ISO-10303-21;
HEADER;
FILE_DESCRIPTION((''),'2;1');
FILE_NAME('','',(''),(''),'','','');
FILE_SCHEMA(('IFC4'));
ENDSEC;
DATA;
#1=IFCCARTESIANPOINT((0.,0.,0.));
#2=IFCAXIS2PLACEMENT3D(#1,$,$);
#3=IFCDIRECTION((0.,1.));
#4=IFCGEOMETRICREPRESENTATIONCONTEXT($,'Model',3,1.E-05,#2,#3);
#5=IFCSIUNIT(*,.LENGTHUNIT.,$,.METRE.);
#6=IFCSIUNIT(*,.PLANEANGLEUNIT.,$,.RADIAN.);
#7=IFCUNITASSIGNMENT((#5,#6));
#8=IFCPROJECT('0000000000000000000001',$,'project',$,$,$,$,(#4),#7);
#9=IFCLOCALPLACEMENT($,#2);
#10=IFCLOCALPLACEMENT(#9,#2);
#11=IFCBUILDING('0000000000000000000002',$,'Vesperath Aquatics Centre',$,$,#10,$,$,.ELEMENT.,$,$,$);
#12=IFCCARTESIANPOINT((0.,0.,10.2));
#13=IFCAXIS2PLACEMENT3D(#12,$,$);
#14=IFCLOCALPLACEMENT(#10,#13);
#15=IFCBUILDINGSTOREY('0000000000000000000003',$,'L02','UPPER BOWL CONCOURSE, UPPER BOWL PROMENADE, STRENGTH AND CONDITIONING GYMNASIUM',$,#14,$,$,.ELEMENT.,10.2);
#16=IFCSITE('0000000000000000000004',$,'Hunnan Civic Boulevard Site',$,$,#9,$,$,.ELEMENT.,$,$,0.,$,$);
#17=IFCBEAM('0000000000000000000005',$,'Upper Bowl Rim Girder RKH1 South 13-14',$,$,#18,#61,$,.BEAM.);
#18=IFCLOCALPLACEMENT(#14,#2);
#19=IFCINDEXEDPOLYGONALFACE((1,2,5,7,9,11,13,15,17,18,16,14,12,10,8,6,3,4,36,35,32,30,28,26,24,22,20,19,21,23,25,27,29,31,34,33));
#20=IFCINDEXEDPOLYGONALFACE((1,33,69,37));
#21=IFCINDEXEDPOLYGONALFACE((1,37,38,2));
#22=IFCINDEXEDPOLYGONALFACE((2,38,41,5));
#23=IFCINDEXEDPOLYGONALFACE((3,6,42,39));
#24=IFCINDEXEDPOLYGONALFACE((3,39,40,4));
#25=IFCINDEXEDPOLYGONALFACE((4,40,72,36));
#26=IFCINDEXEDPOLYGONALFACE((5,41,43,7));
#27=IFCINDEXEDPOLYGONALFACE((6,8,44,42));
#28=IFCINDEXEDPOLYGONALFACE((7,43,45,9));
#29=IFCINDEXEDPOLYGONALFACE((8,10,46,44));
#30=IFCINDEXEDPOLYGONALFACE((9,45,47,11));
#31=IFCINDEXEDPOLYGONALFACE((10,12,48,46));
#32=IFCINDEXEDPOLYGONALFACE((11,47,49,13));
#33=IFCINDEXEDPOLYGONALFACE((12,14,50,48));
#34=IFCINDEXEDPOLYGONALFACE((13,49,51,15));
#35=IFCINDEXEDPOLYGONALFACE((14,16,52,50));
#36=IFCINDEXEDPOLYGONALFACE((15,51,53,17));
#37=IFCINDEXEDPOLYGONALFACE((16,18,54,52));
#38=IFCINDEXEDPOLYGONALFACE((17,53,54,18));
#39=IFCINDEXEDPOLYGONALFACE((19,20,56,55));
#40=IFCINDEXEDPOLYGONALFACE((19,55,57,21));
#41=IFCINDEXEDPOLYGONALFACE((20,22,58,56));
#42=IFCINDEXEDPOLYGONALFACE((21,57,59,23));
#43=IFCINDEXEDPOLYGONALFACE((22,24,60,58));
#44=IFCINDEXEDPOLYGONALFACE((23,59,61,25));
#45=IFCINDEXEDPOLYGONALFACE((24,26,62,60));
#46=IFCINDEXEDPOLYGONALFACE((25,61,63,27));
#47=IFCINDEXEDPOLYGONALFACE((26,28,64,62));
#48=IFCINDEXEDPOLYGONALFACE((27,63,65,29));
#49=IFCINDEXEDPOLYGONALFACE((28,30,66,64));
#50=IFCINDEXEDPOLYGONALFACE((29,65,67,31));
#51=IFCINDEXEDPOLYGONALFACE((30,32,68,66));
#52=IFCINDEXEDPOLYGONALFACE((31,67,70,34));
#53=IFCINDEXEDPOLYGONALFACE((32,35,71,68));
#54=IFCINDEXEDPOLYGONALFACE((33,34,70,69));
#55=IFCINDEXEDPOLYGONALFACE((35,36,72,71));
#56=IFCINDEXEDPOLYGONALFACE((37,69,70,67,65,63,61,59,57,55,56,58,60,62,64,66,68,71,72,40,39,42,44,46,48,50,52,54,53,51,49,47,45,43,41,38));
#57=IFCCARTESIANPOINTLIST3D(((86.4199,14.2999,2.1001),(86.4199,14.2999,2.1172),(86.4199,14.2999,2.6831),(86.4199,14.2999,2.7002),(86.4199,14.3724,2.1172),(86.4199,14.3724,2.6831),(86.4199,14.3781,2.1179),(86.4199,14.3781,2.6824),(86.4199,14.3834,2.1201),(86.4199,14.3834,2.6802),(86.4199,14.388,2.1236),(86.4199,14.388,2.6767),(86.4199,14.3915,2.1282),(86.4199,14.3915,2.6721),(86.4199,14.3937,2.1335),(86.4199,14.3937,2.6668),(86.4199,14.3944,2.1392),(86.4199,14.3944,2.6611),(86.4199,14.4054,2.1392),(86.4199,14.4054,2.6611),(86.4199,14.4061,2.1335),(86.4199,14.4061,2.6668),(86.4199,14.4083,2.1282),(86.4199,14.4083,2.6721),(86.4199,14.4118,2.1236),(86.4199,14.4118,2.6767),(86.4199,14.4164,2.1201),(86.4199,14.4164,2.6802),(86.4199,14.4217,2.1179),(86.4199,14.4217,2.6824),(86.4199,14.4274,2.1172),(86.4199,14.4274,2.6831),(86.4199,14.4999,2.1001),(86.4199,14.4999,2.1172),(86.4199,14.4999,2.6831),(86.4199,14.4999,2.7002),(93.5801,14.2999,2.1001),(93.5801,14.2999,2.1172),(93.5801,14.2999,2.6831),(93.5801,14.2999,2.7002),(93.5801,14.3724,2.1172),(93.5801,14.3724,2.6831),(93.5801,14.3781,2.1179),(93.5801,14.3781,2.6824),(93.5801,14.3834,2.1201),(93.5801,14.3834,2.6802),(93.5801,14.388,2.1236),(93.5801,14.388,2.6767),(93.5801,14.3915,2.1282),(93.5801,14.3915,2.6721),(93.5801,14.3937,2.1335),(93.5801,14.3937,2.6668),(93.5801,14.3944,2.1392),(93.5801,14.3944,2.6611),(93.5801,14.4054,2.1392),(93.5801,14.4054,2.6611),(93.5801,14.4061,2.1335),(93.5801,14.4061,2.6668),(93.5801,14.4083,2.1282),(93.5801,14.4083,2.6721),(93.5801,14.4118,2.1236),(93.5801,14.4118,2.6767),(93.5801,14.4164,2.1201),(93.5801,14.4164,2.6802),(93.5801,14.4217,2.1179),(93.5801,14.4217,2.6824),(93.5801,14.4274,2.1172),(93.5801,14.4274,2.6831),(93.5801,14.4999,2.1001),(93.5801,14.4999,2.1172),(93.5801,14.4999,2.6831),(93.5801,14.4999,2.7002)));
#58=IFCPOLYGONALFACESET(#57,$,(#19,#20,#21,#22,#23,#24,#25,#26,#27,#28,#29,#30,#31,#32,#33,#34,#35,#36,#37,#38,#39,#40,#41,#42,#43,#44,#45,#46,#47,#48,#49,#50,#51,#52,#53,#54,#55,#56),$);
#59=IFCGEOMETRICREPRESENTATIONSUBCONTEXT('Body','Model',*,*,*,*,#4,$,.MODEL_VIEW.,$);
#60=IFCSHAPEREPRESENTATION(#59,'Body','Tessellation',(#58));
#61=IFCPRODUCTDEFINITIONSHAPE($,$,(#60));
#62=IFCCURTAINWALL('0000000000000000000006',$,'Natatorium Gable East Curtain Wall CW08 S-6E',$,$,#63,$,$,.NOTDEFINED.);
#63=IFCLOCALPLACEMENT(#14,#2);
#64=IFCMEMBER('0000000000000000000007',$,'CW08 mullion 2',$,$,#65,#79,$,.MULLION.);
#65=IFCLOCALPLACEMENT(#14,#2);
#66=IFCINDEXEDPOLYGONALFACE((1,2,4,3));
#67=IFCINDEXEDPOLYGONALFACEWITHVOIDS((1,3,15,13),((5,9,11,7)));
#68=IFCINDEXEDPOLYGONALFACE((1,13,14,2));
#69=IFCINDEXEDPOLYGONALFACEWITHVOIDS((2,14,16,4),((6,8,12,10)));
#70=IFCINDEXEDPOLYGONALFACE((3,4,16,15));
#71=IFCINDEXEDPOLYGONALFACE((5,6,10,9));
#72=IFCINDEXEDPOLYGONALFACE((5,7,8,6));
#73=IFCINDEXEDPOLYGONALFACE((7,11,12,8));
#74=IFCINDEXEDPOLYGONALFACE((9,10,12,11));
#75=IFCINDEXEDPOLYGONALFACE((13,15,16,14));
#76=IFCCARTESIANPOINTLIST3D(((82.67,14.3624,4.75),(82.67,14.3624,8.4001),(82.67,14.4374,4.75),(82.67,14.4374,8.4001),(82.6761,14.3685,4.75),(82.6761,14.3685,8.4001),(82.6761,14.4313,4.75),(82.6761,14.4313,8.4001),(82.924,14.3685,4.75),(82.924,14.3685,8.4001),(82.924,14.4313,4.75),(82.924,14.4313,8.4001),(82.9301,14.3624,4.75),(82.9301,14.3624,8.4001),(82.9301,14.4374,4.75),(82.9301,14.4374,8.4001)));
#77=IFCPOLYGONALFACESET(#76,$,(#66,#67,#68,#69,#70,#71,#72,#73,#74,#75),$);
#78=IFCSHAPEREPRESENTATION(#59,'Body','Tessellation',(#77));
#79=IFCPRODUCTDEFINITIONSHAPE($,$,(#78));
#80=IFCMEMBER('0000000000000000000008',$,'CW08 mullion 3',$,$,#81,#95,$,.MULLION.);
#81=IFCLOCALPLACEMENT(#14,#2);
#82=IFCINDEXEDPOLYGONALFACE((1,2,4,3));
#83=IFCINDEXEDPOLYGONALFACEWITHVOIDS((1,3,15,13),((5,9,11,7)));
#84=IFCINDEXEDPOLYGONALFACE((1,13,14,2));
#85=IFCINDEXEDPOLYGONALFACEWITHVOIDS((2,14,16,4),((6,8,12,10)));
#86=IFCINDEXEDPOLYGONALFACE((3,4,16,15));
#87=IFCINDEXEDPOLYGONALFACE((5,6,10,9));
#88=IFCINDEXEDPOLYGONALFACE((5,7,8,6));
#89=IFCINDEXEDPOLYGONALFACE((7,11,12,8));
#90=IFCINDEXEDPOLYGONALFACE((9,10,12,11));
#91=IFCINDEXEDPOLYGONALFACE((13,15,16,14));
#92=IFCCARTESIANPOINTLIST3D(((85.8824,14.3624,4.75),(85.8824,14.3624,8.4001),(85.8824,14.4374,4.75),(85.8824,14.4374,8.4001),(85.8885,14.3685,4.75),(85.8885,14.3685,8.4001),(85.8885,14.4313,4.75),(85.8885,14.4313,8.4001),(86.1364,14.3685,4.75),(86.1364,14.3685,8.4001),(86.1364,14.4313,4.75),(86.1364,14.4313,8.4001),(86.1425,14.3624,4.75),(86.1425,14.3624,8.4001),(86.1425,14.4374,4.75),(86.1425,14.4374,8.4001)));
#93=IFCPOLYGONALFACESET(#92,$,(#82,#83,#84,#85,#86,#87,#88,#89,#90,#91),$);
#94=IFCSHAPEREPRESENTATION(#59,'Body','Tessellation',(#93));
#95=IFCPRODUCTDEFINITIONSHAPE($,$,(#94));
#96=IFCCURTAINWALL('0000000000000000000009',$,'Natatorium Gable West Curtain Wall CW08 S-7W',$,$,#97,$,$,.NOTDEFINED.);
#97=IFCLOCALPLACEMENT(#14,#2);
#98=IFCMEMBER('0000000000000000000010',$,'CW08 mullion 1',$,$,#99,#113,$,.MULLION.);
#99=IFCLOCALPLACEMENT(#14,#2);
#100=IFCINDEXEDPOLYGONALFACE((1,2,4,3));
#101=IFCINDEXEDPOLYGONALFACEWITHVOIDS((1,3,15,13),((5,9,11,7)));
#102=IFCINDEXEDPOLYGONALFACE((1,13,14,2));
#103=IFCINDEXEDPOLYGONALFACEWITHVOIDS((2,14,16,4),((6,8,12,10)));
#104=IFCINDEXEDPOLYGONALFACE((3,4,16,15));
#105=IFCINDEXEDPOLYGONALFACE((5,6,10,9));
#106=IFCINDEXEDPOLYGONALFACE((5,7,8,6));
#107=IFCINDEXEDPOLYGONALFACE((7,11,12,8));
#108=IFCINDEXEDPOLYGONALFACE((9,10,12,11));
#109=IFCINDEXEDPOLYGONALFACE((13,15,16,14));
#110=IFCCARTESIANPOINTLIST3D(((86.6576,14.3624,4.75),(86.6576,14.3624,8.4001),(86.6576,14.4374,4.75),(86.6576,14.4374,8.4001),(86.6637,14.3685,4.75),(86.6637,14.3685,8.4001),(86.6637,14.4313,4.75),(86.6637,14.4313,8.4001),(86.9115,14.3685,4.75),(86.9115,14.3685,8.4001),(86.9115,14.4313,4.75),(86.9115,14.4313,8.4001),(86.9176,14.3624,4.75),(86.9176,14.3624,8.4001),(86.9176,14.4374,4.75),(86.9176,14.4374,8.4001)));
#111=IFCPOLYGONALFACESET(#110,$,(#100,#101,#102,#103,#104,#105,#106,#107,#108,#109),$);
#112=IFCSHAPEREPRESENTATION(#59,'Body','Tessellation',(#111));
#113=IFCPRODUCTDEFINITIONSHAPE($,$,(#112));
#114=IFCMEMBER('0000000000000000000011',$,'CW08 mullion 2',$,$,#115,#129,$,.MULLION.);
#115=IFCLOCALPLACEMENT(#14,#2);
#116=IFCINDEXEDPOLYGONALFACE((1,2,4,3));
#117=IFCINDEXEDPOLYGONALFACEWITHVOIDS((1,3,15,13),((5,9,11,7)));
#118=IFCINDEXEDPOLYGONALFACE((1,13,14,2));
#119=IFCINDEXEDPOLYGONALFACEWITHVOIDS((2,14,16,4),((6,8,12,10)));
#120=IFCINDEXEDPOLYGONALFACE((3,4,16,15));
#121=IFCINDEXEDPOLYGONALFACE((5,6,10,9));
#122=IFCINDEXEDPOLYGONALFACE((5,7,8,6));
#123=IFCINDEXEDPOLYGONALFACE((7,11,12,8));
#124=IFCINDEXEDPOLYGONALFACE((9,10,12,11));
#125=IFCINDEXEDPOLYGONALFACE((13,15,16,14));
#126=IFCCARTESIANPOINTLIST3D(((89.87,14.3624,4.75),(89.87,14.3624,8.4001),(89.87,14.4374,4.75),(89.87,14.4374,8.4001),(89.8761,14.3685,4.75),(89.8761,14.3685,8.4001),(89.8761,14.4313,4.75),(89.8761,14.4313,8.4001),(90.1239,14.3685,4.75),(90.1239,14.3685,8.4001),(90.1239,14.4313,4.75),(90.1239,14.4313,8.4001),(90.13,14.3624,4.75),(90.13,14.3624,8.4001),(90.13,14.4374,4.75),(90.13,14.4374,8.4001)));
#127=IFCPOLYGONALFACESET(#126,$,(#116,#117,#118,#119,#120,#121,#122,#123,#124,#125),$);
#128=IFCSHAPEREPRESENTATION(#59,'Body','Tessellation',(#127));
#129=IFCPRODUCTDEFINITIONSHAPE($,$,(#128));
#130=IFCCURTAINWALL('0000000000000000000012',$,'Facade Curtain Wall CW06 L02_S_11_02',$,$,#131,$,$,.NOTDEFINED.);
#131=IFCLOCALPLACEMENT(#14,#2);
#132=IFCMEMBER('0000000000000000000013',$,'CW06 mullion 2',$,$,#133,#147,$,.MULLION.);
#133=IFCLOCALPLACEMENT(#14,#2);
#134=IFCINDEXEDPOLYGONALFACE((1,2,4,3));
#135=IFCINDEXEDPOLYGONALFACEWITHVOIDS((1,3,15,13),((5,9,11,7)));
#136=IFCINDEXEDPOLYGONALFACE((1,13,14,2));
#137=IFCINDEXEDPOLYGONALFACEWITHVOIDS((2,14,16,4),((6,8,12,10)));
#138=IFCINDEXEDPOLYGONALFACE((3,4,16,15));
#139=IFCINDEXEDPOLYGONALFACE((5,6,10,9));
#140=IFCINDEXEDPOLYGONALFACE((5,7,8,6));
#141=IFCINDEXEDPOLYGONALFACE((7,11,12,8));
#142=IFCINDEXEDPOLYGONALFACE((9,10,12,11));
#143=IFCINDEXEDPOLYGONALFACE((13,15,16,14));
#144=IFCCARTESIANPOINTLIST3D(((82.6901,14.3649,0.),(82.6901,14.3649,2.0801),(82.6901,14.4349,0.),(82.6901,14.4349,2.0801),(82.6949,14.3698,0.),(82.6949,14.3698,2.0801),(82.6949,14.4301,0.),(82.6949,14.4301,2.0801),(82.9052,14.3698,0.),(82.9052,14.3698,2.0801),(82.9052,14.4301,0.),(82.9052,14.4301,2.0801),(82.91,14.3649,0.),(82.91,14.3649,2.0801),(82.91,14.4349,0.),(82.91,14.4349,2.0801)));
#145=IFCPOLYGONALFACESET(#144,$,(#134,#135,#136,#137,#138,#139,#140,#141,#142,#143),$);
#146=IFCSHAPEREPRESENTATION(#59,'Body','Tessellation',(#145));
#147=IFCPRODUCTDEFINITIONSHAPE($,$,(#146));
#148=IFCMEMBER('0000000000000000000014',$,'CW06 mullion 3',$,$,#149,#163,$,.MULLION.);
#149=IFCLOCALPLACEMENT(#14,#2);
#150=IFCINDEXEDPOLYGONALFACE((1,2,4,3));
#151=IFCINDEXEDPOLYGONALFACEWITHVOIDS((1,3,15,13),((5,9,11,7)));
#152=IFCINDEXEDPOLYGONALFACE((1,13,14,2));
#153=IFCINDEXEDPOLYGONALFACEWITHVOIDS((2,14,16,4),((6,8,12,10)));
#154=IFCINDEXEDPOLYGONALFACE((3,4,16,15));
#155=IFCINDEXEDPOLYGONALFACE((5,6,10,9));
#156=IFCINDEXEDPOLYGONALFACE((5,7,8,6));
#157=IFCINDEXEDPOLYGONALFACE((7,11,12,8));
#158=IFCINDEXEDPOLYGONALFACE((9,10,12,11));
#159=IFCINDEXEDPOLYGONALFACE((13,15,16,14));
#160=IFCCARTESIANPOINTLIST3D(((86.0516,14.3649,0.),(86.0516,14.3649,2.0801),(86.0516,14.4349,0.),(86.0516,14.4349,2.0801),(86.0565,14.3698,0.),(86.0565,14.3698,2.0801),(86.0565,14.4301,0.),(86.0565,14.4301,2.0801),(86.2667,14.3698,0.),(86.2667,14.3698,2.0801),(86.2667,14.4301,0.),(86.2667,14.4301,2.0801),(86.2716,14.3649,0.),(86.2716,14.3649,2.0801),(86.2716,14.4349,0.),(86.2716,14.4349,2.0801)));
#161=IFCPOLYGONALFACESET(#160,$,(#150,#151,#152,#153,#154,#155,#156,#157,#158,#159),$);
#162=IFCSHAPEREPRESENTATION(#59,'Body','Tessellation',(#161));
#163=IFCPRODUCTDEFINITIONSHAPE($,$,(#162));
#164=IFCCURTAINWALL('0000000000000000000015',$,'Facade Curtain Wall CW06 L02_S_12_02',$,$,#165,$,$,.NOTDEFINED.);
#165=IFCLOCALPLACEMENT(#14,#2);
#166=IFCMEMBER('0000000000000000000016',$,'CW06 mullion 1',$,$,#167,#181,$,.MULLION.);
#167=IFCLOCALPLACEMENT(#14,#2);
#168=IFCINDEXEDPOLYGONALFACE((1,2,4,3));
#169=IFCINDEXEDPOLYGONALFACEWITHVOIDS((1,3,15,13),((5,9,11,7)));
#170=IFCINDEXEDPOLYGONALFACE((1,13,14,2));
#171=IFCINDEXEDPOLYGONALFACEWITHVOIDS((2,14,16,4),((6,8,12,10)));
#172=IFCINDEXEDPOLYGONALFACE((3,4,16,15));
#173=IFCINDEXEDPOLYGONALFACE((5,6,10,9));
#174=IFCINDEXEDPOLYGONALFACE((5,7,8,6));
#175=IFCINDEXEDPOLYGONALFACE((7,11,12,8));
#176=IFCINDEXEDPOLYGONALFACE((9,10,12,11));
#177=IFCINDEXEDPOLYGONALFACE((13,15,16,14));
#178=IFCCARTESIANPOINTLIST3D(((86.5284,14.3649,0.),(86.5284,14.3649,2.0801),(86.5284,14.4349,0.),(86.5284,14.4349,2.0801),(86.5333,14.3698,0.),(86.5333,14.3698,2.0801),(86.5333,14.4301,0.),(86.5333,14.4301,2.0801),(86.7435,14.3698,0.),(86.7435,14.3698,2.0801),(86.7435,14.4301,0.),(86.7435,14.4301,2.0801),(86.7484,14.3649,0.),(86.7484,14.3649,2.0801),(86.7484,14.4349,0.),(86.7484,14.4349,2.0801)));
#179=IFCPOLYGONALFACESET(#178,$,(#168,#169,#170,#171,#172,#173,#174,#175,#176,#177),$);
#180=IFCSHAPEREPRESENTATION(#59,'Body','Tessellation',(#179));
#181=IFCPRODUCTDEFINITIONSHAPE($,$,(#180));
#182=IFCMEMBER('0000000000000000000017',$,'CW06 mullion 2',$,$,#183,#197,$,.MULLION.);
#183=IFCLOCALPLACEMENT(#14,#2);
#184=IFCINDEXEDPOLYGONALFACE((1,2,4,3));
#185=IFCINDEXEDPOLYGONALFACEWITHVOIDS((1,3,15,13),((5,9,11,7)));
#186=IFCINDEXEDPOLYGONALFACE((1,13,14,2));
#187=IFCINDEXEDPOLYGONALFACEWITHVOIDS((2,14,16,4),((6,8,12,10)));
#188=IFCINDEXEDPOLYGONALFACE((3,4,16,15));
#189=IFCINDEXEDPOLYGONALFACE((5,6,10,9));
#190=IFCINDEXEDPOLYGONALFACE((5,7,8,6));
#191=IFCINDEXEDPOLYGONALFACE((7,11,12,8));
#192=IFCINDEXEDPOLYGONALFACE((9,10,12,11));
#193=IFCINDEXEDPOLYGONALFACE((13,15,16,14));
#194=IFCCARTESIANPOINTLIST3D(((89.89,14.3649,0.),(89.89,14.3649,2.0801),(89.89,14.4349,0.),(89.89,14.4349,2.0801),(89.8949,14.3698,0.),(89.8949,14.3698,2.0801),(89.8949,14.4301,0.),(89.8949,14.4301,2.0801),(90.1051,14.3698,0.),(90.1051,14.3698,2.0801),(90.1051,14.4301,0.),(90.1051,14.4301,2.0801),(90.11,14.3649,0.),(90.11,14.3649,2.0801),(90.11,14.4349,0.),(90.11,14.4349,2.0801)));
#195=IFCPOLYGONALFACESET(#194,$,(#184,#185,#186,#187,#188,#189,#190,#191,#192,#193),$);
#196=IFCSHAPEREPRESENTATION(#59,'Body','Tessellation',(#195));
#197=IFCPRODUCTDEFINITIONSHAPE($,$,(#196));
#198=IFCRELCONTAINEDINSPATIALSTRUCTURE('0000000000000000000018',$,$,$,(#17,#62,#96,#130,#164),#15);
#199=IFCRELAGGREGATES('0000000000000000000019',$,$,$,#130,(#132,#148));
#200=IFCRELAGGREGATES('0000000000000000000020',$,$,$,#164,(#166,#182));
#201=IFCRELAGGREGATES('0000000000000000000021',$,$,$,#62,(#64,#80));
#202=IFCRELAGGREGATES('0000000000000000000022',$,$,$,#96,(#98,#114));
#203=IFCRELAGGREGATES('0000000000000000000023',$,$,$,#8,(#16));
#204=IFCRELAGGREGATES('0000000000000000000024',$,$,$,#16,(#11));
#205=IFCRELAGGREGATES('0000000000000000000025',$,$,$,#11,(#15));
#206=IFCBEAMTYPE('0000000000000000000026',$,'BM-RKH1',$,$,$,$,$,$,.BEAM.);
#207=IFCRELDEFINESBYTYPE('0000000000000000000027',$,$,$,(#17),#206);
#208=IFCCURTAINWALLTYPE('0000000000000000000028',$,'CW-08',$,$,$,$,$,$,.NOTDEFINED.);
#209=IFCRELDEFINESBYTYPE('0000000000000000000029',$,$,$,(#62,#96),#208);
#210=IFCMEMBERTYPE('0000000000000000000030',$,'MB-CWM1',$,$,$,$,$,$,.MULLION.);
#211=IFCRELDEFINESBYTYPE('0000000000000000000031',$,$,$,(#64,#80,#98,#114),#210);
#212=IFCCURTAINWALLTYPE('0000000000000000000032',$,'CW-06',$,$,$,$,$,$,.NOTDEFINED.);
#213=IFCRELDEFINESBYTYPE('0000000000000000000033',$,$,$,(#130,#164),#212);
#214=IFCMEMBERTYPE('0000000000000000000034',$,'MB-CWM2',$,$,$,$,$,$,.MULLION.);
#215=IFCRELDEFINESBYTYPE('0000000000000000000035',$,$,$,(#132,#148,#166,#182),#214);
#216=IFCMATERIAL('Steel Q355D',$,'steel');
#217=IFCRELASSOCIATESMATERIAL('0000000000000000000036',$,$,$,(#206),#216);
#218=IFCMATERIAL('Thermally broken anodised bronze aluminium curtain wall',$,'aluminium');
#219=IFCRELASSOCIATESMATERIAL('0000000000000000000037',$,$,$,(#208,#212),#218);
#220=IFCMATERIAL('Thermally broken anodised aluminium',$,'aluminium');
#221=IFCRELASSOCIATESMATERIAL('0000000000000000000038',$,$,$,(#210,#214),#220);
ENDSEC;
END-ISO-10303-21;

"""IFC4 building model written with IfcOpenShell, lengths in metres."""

from ifc_helpers import new_model, si_unit, direction, frame, origin, origin_2d, place, context, subcontext, project, spatial, hollow_rectangle, i_section, extrude, material, material_profile, profile_set, type_object, element, aggregate, save


model = new_model("IFC4")

# Units and contexts
model_context = context("Model", 3, precision=1e-05, world=origin(), true_north=direction((0.0, 1.0)))
body_context = subcontext(model_context, "Body", "Model", "MODEL_VIEW")
ifc_project = project(units=[si_unit("LENGTHUNIT", "METRE"), si_unit("PLANEANGLEUNIT", "RADIAN")], contexts=[model_context])

# Site, building, storey
site_placement = place(None, origin())
site = spatial("IfcSite", under=ifc_project, at=site_placement, Name="Hunnan Civic Boulevard Site", CompositionType="ELEMENT", RefElevation=0.0)
building_placement = place(site_placement, origin())
building = spatial("IfcBuilding", under=site, at=building_placement, Name="Vesperath Aquatics Centre", CompositionType="ELEMENT")
storey_placement = place(building_placement, frame((0.0, 0.0, 10.2)))
storey = spatial("IfcBuildingStorey", under=building, at=storey_placement, Name="L02", Description="UPPER BOWL CONCOURSE, UPPER BOWL PROMENADE, STRENGTH AND CONDITIONING GYMNASIUM", CompositionType="ELEMENT", Elevation=10.2)

# Shared definitions
ifc_material_1 = material(Name="Steel Q355D", Category="steel")

# Beam
ifc_material_profile_1 = material_profile(ifc_material_1, i_section(OverallWidth=0.2, OverallDepth=0.6001, WebThickness=0.011, FlangeThickness=0.0171, FilletRadius=0.022, at=origin_2d()), Name="HN 600x200x11x17")
ifc_profile_set_1 = profile_set([ifc_material_profile_1], Name="Steel Q355D")
beam_type_1 = type_object("IfcBeamType", Name="BM-RKH1", PredefinedType="BEAM", material=ifc_profile_set_1)
beam_1_placement = place(storey_placement, frame((86.4199, 14.3999, 2.4001), z_axis=(1.0, 0.0, 0.0), x_axis=(0.0, 1.0, 0.0)))
element("IfcBeam", 1, at=beam_1_placement, inside=storey, type_object=beam_type_1, Name="Upper Bowl Rim Girder RKH1 South 13-14", PredefinedType="BEAM", context=body_context, shape_type="SweptSolid", body=[
    extrude(i_section(OverallWidth=0.2, OverallDepth=0.6001, WebThickness=0.011, FlangeThickness=0.0171, FilletRadius=0.022, at=origin_2d()), origin(), (0.0, 0.0, 1.0), 7.1602),
])

# Curtain walls, members
ifc_material_2 = material(Name="Thermally broken anodised bronze aluminium curtain wall", Category="aluminium")
curtain_wall_type_1 = type_object("IfcCurtainWallType", Name="CW-08", PredefinedType="NOTDEFINED", material=ifc_material_2)
curtain_wall_1_placement = place(storey_placement, origin())
curtain_wall_1 = element("IfcCurtainWall", 2, at=curtain_wall_1_placement, inside=storey, type_object=curtain_wall_type_1, Name="Natatorium Gable East Curtain Wall CW08 S-6E", PredefinedType="NOTDEFINED")
ifc_material_3 = material(Name="Thermally broken anodised aluminium", Category="aluminium")
ifc_material_profile_2 = material_profile(ifc_material_3, hollow_rectangle(XDim=0.075, YDim=0.26, WallThickness=0.0061, at=origin_2d()), Name="CWM 75x260x6")
ifc_profile_set_2 = profile_set([ifc_material_profile_2], Name="Thermally broken anodised aluminium")
member_type_1 = type_object("IfcMemberType", Name="MB-CWM1", PredefinedType="MULLION", material=ifc_profile_set_2)
member_1_placement = place(storey_placement, frame((82.8, 14.3999, 4.75), z_axis=(0.0, 0.0, 1.0), x_axis=(0.0, 1.0, 0.0)))
member_1 = element("IfcMember", 3, at=member_1_placement, type_object=member_type_1, Name="CW08 mullion 2", PredefinedType="MULLION", context=body_context, shape_type="SweptSolid", body=[
    extrude(hollow_rectangle(XDim=0.075, YDim=0.26, WallThickness=0.0061, at=origin_2d()), origin(), (0.0, 0.0, 1.0), 3.6501),
])
member_2_placement = place(storey_placement, frame((86.0125, 14.3999, 4.75), z_axis=(0.0, 0.0, 1.0), x_axis=(0.0, 1.0, 0.0)))
member_2 = element("IfcMember", 4, at=member_2_placement, type_object=member_type_1, Name="CW08 mullion 3", PredefinedType="MULLION", context=body_context, shape_type="SweptSolid", body=[
    extrude(hollow_rectangle(XDim=0.075, YDim=0.26, WallThickness=0.0061, at=origin_2d()), origin(), (0.0, 0.0, 1.0), 3.6501),
])
curtain_wall_2_placement = place(storey_placement, origin())
curtain_wall_2 = element("IfcCurtainWall", 5, at=curtain_wall_2_placement, inside=storey, type_object=curtain_wall_type_1, Name="Natatorium Gable West Curtain Wall CW08 S-7W", PredefinedType="NOTDEFINED")
member_3_placement = place(storey_placement, frame((86.7876, 14.3999, 4.75), z_axis=(0.0, 0.0, 1.0), x_axis=(0.0, 1.0, 0.0)))
member_3 = element("IfcMember", 6, at=member_3_placement, type_object=member_type_1, Name="CW08 mullion 1", PredefinedType="MULLION", context=body_context, shape_type="SweptSolid", body=[
    extrude(hollow_rectangle(XDim=0.075, YDim=0.26, WallThickness=0.0061, at=origin_2d()), origin(), (0.0, 0.0, 1.0), 3.6501),
])
member_4_placement = place(storey_placement, frame((90.0, 14.3999, 4.75), z_axis=(0.0, 0.0, 1.0), x_axis=(0.0, 1.0, 0.0)))
member_4 = element("IfcMember", 7, at=member_4_placement, type_object=member_type_1, Name="CW08 mullion 2", PredefinedType="MULLION", context=body_context, shape_type="SweptSolid", body=[
    extrude(hollow_rectangle(XDim=0.075, YDim=0.26, WallThickness=0.0061, at=origin_2d()), origin(), (0.0, 0.0, 1.0), 3.6501),
])
curtain_wall_type_2 = type_object("IfcCurtainWallType", Name="CW-06", PredefinedType="NOTDEFINED", material=ifc_material_2)
curtain_wall_3_placement = place(storey_placement, origin())
curtain_wall_3 = element("IfcCurtainWall", 8, at=curtain_wall_3_placement, inside=storey, type_object=curtain_wall_type_2, Name="Facade Curtain Wall CW06 L02_S_11_02", PredefinedType="NOTDEFINED")
ifc_material_profile_3 = material_profile(ifc_material_3, hollow_rectangle(XDim=0.0701, YDim=0.22, WallThickness=0.0049, at=origin_2d()), Name="CWM 70x220x5")
ifc_profile_set_3 = profile_set([ifc_material_profile_3], Name="Thermally broken anodised aluminium")
member_type_2 = type_object("IfcMemberType", Name="MB-CWM2", PredefinedType="MULLION", material=ifc_profile_set_3)
member_5_placement = place(storey_placement, frame((82.8, 14.3999, 0.0), z_axis=(0.0, 0.0, 1.0), x_axis=(0.0, 1.0, 0.0)))
member_5 = element("IfcMember", 9, at=member_5_placement, type_object=member_type_2, Name="CW06 mullion 2", PredefinedType="MULLION", context=body_context, shape_type="SweptSolid", body=[
    extrude(hollow_rectangle(XDim=0.0701, YDim=0.22, WallThickness=0.0049, at=origin_2d()), origin(), (0.0, 0.0, 1.0), 2.0801),
])
member_6_placement = place(storey_placement, frame((86.1616, 14.3999, 0.0), z_axis=(0.0, 0.0, 1.0), x_axis=(0.0, 1.0, 0.0)))
member_6 = element("IfcMember", 10, at=member_6_placement, type_object=member_type_2, Name="CW06 mullion 3", PredefinedType="MULLION", context=body_context, shape_type="SweptSolid", body=[
    extrude(hollow_rectangle(XDim=0.0701, YDim=0.22, WallThickness=0.0049, at=origin_2d()), origin(), (0.0, 0.0, 1.0), 2.0801),
])
curtain_wall_4_placement = place(storey_placement, origin())
curtain_wall_4 = element("IfcCurtainWall", 11, at=curtain_wall_4_placement, inside=storey, type_object=curtain_wall_type_2, Name="Facade Curtain Wall CW06 L02_S_12_02", PredefinedType="NOTDEFINED")
member_7_placement = place(storey_placement, frame((86.6384, 14.3999, 0.0), z_axis=(0.0, 0.0, 1.0), x_axis=(0.0, 1.0, 0.0)))
member_7 = element("IfcMember", 12, at=member_7_placement, type_object=member_type_2, Name="CW06 mullion 1", PredefinedType="MULLION", context=body_context, shape_type="SweptSolid", body=[
    extrude(hollow_rectangle(XDim=0.0701, YDim=0.22, WallThickness=0.0049, at=origin_2d()), origin(), (0.0, 0.0, 1.0), 2.0801),
])
member_8_placement = place(storey_placement, frame((90.0, 14.3999, 0.0), z_axis=(0.0, 0.0, 1.0), x_axis=(0.0, 1.0, 0.0)))
member_8 = element("IfcMember", 13, at=member_8_placement, type_object=member_type_2, Name="CW06 mullion 2", PredefinedType="MULLION", context=body_context, shape_type="SweptSolid", body=[
    extrude(hollow_rectangle(XDim=0.0701, YDim=0.22, WallThickness=0.0049, at=origin_2d()), origin(), (0.0, 0.0, 1.0), 2.0801),
])

aggregate(curtain_wall_3, [member_5, member_6])
aggregate(curtain_wall_4, [member_7, member_8])
aggregate(curtain_wall_1, [member_1, member_2])
aggregate(curtain_wall_2, [member_3, member_4])

save(model, "model.ifc")
